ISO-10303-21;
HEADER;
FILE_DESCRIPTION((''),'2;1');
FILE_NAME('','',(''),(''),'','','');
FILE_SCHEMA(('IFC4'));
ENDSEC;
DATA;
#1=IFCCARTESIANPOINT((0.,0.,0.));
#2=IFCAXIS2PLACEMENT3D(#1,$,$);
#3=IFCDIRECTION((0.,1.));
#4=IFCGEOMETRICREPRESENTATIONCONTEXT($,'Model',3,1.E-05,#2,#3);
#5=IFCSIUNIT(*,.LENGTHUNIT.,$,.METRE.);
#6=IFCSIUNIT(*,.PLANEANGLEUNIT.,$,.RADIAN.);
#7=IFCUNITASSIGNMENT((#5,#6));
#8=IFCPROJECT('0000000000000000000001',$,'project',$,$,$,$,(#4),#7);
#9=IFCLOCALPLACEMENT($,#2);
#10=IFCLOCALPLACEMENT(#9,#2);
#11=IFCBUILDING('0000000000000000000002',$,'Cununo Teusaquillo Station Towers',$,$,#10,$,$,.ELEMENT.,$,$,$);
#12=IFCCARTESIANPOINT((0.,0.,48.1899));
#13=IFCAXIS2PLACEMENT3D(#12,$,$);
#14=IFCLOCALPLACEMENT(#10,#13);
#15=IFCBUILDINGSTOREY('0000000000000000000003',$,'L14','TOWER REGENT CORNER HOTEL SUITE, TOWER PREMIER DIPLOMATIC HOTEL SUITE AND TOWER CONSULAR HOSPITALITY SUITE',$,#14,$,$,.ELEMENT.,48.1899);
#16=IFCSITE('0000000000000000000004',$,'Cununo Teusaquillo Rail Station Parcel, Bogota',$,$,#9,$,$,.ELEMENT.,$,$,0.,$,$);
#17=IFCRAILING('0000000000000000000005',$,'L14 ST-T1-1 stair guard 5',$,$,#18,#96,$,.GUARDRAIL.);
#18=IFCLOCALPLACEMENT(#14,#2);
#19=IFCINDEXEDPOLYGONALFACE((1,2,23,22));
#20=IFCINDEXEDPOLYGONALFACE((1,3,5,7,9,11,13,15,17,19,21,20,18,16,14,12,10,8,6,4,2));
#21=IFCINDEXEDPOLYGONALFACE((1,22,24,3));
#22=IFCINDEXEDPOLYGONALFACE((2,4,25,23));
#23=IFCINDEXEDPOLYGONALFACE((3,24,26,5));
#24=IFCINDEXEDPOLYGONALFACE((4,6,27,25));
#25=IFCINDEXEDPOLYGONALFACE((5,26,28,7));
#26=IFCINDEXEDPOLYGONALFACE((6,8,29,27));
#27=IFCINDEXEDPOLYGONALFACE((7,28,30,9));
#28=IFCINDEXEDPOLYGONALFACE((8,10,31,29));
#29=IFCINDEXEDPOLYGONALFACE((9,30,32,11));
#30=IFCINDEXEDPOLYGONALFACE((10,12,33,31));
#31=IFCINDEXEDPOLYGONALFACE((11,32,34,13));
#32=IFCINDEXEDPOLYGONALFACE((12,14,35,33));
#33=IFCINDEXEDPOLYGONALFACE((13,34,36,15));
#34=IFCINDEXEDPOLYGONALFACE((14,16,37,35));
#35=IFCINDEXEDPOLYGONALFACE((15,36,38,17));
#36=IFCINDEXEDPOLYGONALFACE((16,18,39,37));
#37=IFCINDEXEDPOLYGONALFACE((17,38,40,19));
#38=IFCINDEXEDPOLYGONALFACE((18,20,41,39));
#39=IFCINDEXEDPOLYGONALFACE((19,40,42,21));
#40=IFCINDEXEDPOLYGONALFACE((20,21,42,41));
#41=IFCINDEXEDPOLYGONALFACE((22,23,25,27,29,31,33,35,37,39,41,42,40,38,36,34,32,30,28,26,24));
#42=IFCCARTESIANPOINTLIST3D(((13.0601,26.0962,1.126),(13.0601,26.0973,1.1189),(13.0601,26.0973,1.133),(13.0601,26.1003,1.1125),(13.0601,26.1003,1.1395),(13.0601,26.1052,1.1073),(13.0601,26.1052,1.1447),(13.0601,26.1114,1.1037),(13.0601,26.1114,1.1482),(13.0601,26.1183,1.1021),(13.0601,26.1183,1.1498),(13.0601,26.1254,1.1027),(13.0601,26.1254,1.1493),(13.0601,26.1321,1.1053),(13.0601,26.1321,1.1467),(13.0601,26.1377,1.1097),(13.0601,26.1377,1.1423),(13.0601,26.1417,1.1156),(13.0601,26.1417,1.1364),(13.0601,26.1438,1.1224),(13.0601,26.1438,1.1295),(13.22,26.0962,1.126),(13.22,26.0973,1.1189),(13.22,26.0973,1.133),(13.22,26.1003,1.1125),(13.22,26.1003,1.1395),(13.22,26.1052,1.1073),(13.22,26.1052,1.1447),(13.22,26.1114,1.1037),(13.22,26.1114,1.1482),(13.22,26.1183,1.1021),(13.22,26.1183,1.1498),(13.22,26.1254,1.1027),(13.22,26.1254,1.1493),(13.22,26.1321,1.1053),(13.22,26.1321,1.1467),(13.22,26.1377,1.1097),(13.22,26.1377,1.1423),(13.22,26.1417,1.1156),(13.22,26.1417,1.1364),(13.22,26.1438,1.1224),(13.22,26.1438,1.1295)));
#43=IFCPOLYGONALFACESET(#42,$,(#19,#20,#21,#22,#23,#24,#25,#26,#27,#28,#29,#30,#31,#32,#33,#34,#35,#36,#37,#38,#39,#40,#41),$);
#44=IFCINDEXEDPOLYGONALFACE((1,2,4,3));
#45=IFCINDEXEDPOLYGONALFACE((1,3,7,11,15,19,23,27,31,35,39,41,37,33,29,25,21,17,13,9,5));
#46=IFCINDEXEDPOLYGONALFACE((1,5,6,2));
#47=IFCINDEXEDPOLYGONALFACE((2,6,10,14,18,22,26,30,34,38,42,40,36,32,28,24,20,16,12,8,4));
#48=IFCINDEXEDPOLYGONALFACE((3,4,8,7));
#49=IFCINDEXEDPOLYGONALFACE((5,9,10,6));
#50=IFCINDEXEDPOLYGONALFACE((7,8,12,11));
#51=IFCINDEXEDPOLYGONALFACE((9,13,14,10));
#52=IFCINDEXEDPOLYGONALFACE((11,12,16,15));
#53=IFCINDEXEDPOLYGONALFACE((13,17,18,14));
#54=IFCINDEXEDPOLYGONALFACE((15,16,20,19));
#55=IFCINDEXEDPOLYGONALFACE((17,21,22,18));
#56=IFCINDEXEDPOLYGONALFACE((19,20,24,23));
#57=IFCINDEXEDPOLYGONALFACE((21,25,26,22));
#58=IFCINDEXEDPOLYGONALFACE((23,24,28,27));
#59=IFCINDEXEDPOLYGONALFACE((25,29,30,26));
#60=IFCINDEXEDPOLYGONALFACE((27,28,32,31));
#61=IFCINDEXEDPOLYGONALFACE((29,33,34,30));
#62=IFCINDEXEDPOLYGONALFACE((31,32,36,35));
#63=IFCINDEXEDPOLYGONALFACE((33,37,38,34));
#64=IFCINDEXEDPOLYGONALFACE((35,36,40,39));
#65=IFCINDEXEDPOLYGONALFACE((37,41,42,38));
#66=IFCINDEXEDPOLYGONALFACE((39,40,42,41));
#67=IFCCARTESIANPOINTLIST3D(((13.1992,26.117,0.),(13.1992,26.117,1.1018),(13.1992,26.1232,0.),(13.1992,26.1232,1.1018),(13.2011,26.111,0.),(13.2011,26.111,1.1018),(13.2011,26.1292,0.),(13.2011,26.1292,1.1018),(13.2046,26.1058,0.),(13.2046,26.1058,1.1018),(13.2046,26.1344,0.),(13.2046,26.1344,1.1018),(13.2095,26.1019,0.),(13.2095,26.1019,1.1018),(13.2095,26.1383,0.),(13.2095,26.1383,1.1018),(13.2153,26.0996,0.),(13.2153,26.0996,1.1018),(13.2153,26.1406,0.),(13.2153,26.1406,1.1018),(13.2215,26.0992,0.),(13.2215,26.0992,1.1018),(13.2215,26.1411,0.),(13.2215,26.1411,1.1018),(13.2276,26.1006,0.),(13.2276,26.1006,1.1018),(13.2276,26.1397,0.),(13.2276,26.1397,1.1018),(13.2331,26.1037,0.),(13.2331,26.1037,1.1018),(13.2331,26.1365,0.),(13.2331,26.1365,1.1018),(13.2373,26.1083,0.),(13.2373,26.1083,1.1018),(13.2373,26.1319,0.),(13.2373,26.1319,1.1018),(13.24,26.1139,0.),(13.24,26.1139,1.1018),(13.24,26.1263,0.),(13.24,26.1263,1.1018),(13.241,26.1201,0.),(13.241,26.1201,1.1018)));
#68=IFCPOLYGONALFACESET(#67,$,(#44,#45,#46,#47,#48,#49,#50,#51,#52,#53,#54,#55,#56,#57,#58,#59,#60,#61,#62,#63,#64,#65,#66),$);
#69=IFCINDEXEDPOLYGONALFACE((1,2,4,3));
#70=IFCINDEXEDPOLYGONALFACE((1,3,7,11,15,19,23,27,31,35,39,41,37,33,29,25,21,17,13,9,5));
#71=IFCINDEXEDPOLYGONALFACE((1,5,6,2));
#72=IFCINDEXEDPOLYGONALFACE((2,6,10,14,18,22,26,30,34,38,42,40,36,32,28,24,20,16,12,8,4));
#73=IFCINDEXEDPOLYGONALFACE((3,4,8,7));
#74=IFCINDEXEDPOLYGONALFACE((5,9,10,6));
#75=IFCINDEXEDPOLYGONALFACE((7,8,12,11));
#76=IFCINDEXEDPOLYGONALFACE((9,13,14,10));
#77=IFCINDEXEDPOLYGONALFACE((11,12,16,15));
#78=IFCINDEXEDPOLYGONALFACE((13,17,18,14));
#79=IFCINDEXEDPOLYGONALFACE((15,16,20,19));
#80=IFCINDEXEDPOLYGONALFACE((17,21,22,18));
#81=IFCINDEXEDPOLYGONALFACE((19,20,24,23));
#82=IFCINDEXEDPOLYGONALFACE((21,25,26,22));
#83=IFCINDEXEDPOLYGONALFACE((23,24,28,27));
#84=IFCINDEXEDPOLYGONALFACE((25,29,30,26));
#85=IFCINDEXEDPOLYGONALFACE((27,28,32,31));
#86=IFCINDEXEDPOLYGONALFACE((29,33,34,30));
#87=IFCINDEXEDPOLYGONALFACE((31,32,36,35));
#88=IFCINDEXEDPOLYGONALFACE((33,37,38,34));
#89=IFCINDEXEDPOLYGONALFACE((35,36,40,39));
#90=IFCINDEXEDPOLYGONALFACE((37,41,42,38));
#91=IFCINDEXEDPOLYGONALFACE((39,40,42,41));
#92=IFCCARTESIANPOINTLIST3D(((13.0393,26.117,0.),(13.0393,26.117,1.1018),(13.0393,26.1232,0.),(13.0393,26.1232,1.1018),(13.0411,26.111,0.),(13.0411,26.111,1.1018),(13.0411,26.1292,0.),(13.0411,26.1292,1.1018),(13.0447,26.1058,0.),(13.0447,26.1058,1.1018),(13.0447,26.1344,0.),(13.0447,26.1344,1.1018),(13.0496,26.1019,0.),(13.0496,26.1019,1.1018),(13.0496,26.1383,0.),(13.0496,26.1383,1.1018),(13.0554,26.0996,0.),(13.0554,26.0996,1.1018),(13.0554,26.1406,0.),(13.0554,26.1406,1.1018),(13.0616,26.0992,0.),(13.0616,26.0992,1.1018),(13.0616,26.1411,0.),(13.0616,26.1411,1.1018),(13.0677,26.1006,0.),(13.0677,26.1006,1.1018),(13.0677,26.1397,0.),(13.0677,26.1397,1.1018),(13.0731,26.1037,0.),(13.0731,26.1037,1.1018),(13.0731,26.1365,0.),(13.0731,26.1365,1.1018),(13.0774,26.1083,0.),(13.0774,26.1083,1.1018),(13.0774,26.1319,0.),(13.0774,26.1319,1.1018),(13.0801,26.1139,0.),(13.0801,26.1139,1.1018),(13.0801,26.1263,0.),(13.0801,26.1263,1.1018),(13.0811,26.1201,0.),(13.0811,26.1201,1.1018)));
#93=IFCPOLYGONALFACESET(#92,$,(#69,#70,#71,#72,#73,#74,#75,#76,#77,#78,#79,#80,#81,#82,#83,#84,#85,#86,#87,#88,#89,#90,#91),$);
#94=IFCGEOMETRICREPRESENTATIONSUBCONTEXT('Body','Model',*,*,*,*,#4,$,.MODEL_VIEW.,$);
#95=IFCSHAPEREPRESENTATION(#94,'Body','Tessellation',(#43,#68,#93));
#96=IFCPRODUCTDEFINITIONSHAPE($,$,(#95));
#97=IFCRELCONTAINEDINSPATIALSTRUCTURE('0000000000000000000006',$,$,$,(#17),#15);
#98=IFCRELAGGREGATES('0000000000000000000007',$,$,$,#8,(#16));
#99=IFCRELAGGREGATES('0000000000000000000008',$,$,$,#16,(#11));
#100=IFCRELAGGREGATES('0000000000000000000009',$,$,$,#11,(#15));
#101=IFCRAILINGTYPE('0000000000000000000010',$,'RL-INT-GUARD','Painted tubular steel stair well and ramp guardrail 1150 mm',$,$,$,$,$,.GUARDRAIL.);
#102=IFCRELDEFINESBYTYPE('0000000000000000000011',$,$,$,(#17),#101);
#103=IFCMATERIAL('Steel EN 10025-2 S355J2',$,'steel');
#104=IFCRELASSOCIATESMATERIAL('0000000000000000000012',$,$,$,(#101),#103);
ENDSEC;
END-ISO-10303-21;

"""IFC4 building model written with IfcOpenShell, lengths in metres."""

from ifc_helpers import new_model, si_unit, direction, frame, origin, origin_2d, place, context, subcontext, project, spatial, circle, extrude, material, type_object, element, save


model = new_model("IFC4")

# Units and contexts
model_context = context("Model", 3, precision=1e-05, world=origin(), true_north=direction((0.0, 1.0)))
body_context = subcontext(model_context, "Body", "Model", "MODEL_VIEW")
ifc_project = project(units=[si_unit("LENGTHUNIT", "METRE"), si_unit("PLANEANGLEUNIT", "RADIAN")], contexts=[model_context])

# Site, building, storey
site_placement = place(None, origin())
site = spatial("IfcSite", under=ifc_project, at=site_placement, Name="Cununo Teusaquillo Rail Station Parcel, Bogota", CompositionType="ELEMENT", RefElevation=0.0)
building_placement = place(site_placement, origin())
building = spatial("IfcBuilding", under=site, at=building_placement, Name="Cununo Teusaquillo Station Towers", CompositionType="ELEMENT")
storey_placement = place(building_placement, frame((0.0, 0.0, 48.1899)))
storey = spatial("IfcBuildingStorey", under=building, at=storey_placement, Name="L14", Description="TOWER REGENT CORNER HOTEL SUITE, TOWER PREMIER DIPLOMATIC HOTEL SUITE AND TOWER CONSULAR HOSPITALITY SUITE", CompositionType="ELEMENT", Elevation=48.1899)

# Railing
ifc_material_1 = material(Name="Steel EN 10025-2 S355J2", Category="steel")
railing_type_1 = type_object("IfcRailingType", Name="RL-INT-GUARD", Description="Painted tubular steel stair well and ramp guardrail 1150 mm", PredefinedType="GUARDRAIL", material=ifc_material_1)
railing_1_placement = place(storey_placement, frame((13.22, 26.1201, 0.0)))
element("IfcRailing", 1, at=railing_1_placement, inside=storey, type_object=railing_type_1, Name="L14 ST-T1-1 stair guard 5", PredefinedType="GUARDRAIL", context=body_context, shape_type="SweptSolid", body=[
    extrude(circle(Radius=0.0239, at=origin_2d()), frame((0.0, 0.0, 1.126), z_axis=(-1.0, 0.0, 0.0), x_axis=(0.0, -1.0, 0.0)), (0.0, 0.0, 1.0), 0.1599),
    extrude(circle(Radius=0.021, at=origin_2d()), origin(), (0.0, 0.0, 1.0), 1.1018),
    extrude(circle(Radius=0.021, at=origin_2d()), frame((-0.1599, 0.0, 0.0)), (0.0, 0.0, 1.0), 1.1018),
])

save(model, "model.ifc")
